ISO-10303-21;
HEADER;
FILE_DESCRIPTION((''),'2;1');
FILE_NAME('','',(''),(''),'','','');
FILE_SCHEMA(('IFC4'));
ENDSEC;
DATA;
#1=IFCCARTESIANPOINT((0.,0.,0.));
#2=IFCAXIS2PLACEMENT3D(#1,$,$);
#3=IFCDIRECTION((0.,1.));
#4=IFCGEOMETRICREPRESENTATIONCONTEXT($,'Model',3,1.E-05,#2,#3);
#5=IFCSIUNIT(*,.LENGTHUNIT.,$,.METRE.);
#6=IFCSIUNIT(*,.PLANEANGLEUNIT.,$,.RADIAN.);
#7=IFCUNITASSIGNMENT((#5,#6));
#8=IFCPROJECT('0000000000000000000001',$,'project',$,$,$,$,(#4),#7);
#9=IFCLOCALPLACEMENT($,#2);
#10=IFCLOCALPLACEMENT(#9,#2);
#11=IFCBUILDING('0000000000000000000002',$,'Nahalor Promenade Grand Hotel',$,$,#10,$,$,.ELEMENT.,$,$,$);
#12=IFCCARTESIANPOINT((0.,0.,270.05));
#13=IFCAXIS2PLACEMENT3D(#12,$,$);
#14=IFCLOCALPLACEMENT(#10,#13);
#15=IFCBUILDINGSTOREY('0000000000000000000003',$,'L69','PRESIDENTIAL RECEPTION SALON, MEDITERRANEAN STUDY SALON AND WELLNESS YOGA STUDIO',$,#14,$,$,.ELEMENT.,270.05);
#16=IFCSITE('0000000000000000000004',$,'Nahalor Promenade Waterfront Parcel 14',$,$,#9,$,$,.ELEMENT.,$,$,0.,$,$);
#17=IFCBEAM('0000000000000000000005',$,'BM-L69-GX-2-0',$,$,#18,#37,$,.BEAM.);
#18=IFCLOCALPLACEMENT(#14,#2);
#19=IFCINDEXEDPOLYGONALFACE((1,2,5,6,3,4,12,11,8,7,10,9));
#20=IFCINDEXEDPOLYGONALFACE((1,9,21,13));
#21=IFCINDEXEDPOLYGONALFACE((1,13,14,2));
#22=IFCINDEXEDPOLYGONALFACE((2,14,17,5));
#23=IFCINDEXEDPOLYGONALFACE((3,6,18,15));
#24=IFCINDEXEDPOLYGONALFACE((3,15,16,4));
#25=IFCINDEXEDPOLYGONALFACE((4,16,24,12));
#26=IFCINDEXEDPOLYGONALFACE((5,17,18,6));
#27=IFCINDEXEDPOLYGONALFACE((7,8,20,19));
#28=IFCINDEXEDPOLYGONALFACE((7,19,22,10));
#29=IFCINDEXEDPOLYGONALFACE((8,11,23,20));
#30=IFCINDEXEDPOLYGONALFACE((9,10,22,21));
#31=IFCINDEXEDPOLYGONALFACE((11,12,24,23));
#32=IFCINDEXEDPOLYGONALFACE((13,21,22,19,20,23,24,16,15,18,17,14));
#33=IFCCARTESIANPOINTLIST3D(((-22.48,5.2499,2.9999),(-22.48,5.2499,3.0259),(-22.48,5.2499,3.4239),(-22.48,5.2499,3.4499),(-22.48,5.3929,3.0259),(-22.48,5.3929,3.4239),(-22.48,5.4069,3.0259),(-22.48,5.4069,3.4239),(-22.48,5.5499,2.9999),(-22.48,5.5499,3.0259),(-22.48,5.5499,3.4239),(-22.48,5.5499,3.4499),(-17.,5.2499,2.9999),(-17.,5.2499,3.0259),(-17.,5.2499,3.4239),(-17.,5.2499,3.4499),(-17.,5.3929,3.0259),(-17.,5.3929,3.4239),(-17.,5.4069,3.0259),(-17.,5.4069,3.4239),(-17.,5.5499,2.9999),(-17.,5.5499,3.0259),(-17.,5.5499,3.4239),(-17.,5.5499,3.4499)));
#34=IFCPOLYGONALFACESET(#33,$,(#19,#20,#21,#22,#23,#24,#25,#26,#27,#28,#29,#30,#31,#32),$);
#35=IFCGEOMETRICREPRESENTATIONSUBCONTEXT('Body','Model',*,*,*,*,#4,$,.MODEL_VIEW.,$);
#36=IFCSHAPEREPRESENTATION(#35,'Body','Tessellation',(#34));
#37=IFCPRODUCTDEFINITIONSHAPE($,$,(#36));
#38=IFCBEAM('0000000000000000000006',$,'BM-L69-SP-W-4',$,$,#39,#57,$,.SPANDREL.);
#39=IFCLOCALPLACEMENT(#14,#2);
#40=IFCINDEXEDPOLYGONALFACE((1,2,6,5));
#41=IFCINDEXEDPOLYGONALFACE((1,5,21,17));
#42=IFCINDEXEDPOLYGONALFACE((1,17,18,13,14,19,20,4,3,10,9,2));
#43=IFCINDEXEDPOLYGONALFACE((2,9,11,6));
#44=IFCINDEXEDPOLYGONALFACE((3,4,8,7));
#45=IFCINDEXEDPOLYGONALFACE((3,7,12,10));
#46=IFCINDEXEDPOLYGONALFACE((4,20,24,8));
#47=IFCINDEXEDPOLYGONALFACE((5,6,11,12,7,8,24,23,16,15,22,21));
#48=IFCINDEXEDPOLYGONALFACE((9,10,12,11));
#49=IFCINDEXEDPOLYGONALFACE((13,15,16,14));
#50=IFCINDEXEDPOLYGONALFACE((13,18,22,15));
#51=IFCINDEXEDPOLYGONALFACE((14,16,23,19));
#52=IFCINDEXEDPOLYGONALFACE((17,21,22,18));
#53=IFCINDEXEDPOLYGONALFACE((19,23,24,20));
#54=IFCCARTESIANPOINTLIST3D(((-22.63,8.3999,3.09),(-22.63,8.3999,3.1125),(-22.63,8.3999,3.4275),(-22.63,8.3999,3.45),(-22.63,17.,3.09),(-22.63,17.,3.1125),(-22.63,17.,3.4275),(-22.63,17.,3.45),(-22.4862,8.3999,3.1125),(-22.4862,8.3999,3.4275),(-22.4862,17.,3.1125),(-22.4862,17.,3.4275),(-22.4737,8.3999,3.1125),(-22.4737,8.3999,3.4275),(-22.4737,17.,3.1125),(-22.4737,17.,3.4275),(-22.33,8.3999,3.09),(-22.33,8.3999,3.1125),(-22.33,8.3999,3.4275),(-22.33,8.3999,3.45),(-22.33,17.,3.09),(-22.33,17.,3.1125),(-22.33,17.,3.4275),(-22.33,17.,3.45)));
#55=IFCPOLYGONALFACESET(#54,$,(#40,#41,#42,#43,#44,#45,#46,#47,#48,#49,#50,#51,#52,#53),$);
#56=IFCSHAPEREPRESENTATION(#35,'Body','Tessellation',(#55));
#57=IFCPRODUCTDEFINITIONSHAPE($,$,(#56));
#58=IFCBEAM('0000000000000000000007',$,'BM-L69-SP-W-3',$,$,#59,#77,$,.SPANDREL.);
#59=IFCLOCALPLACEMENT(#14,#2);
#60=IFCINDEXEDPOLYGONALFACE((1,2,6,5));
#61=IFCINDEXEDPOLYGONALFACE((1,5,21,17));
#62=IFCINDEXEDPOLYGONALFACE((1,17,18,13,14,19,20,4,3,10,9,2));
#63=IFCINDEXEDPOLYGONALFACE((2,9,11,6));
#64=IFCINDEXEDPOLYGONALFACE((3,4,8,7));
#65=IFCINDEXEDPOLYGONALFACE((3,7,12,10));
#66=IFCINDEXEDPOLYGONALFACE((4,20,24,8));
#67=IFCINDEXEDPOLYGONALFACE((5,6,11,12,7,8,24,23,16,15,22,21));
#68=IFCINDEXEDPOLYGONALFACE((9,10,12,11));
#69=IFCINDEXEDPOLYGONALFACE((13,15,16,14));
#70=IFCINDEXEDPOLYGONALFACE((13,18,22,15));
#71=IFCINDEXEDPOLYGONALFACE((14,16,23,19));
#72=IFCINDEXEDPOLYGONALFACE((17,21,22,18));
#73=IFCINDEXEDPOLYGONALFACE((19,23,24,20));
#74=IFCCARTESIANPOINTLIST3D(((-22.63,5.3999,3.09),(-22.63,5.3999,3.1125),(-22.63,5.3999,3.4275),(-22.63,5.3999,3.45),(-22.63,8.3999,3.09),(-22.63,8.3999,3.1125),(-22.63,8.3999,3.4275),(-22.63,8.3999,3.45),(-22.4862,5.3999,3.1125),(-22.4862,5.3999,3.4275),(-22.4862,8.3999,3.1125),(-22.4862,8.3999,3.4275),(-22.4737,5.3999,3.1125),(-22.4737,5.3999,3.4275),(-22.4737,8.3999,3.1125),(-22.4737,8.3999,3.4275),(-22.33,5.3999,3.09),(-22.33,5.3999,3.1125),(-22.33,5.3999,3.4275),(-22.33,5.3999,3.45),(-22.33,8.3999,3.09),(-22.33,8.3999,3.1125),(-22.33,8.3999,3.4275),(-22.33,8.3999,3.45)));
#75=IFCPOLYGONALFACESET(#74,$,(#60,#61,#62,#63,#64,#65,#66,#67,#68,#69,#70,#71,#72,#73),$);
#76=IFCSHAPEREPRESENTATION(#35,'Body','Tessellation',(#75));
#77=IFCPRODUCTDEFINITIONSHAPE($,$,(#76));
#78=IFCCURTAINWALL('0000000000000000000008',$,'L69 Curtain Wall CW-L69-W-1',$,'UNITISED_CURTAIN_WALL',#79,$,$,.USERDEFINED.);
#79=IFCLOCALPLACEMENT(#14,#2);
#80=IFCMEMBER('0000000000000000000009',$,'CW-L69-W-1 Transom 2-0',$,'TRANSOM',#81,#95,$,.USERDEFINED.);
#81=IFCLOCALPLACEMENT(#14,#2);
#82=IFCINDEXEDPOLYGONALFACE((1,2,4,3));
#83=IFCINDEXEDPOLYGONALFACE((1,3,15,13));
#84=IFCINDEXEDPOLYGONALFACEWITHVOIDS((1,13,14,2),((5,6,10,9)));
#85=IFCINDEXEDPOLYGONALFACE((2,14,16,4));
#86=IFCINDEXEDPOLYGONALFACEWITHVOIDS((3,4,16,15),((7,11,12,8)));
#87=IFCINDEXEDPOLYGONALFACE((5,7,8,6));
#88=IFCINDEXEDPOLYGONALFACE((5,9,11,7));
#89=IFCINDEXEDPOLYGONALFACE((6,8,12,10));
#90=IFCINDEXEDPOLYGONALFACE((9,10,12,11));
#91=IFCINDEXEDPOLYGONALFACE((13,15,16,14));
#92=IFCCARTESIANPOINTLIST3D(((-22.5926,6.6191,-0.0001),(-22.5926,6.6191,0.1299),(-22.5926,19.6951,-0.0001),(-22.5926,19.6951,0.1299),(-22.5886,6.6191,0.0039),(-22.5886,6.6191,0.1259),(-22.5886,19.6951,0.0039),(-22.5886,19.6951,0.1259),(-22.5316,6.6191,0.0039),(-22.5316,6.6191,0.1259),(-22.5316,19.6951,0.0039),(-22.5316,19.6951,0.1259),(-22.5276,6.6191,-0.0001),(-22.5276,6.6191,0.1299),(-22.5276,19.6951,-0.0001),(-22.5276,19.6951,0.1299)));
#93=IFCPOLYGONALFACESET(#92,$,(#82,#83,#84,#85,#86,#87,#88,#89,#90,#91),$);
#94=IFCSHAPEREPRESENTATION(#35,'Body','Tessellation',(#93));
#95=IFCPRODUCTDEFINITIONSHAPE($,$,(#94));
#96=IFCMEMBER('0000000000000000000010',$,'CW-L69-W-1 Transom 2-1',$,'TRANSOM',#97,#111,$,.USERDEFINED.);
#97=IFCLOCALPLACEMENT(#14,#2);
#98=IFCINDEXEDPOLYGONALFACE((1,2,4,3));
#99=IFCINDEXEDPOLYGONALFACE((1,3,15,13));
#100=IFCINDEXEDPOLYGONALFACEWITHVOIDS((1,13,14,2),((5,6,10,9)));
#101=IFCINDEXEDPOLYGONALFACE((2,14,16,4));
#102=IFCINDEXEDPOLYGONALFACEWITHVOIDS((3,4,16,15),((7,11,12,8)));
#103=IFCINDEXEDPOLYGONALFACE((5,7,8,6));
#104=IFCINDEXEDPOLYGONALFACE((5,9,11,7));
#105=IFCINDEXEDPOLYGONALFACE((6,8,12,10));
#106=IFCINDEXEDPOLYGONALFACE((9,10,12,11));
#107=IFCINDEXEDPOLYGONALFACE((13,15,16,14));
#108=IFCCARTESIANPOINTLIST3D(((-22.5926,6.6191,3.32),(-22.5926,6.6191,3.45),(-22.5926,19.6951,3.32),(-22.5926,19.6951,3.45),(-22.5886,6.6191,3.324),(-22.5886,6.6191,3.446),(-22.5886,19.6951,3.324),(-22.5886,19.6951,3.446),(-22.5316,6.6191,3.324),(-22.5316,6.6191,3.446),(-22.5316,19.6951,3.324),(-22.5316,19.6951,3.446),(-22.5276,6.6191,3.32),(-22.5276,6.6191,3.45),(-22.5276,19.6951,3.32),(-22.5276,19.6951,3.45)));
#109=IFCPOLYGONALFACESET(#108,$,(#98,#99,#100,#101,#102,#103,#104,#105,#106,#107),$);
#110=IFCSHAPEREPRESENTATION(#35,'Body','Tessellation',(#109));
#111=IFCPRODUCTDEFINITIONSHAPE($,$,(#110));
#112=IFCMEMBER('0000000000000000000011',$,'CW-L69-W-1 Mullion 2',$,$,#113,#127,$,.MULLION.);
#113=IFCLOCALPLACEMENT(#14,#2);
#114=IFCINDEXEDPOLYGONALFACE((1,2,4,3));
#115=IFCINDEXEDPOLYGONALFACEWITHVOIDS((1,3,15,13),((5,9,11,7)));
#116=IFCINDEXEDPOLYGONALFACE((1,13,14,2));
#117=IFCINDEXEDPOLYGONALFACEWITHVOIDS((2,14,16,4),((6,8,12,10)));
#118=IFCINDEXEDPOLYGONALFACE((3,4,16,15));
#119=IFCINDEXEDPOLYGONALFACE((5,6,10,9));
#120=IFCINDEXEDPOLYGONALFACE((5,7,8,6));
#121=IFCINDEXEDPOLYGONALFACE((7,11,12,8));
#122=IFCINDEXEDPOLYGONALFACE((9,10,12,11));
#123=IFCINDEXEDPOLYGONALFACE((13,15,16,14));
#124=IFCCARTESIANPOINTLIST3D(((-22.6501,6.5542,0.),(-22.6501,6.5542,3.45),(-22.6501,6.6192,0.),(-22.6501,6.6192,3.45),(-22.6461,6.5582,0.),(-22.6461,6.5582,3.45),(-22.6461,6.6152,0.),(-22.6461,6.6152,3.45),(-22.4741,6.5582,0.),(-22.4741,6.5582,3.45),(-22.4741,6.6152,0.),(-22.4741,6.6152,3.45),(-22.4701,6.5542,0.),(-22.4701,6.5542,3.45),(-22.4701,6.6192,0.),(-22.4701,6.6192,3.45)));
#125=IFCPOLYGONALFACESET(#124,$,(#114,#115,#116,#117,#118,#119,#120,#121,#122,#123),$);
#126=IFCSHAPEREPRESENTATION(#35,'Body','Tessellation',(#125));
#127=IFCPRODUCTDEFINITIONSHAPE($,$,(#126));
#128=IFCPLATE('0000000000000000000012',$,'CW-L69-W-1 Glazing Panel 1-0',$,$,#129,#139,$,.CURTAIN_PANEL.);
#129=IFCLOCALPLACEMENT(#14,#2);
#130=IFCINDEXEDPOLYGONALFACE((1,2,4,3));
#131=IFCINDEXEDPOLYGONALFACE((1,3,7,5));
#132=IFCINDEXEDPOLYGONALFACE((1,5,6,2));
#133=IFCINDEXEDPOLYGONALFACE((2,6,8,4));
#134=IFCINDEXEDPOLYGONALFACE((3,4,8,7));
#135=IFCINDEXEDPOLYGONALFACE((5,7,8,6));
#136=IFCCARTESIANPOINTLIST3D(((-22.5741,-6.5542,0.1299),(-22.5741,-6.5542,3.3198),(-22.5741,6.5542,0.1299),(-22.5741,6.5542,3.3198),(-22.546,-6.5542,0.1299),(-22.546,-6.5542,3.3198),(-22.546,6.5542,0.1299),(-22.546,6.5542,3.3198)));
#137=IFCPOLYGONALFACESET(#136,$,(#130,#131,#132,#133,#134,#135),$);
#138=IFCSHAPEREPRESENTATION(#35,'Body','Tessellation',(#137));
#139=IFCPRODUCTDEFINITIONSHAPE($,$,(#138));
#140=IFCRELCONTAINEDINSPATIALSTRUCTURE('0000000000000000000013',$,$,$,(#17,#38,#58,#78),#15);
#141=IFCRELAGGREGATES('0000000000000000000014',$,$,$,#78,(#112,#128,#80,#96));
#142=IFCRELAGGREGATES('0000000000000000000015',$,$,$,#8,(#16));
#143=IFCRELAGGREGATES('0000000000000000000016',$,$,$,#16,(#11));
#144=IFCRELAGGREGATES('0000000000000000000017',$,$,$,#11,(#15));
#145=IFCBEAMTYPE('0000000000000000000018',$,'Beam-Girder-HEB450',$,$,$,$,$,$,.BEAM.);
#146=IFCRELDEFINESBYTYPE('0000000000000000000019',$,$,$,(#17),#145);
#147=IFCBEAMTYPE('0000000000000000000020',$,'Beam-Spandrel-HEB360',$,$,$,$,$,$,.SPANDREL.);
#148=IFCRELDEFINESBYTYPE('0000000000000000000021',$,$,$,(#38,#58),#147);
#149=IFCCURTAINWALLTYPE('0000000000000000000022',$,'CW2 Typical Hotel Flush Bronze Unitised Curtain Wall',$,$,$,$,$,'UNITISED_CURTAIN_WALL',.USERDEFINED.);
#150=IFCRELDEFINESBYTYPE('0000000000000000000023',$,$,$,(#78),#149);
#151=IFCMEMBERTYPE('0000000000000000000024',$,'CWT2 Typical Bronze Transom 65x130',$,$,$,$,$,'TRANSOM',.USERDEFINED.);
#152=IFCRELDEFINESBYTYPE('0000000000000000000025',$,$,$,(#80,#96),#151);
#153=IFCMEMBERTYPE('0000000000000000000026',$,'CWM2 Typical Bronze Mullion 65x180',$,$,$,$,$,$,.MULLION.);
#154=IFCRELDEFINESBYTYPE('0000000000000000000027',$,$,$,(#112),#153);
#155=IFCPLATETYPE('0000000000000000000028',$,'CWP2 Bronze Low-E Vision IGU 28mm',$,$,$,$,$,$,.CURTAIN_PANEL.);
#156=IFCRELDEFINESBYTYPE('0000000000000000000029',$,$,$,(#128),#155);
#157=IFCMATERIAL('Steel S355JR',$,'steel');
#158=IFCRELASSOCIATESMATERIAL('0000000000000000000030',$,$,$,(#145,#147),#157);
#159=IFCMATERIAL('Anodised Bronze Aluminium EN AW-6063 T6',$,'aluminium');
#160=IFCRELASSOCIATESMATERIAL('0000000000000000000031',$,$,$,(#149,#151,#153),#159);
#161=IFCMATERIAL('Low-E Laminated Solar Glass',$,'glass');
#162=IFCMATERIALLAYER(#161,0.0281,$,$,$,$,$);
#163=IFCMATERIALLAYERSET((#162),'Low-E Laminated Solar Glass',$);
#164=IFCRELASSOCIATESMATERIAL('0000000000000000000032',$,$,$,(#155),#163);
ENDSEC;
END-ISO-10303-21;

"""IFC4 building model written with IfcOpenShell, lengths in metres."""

from ifc_helpers import new_model, si_unit, direction, frame, origin, origin_2d, place, context, subcontext, project, spatial, rectangle, hollow_rectangle, i_section, extrude, source, transform, mapped, material, layer, layer_set, material_profile, profile_set, type_object, element, aggregate, save


model = new_model("IFC4")

# Units and contexts
model_context = context("Model", 3, precision=1e-05, world=origin(), true_north=direction((0.0, 1.0)))
body_context = subcontext(model_context, "Body", "Model", "MODEL_VIEW")
ifc_project = project(units=[si_unit("LENGTHUNIT", "METRE"), si_unit("PLANEANGLEUNIT", "RADIAN")], contexts=[model_context])

# Site, building, storey
site_placement = place(None, origin())
site = spatial("IfcSite", under=ifc_project, at=site_placement, Name="Nahalor Promenade Waterfront Parcel 14", CompositionType="ELEMENT", RefElevation=0.0)
building_placement = place(site_placement, origin())
building = spatial("IfcBuilding", under=site, at=building_placement, Name="Nahalor Promenade Grand Hotel", CompositionType="ELEMENT")
storey_placement = place(building_placement, frame((0.0, 0.0, 270.05)))
storey = spatial("IfcBuildingStorey", under=building, at=storey_placement, Name="L69", Description="PRESIDENTIAL RECEPTION SALON, MEDITERRANEAN STUDY SALON AND WELLNESS YOGA STUDIO", CompositionType="ELEMENT", Elevation=270.05)

# Shared definitions
ifc_material_1 = material(Name="Steel S355JR", Category="steel")

# Beams
ifc_material_profile_1 = material_profile(ifc_material_1, i_section(OverallWidth=0.3, OverallDepth=0.45, WebThickness=0.014, FlangeThickness=0.026, at=origin_2d()), Name="HEB 450")
ifc_profile_set_1 = profile_set([ifc_material_profile_1], Name="Steel S355JR")
beam_type_1 = type_object("IfcBeamType", Name="Beam-Girder-HEB450", PredefinedType="BEAM", material=ifc_profile_set_1)
shared_shape_1 = source(origin(), body_context, "Body", "SweptSolid", [
    extrude(i_section(OverallWidth=0.3, OverallDepth=0.45, WebThickness=0.014, FlangeThickness=0.026, at=origin_2d()), origin(), (0.0, 0.0, 1.0), 5.48),
])
beam_1_placement = place(storey_placement, frame((-22.48, 5.3999, 3.2249), z_axis=(1.0, 0.0, 0.0), x_axis=(0.0, 1.0, 0.0)))
element("IfcBeam", 1, at=beam_1_placement, inside=storey, type_object=beam_type_1, Name="BM-L69-GX-2-0", PredefinedType="BEAM", context=body_context, shape_type="MappedRepresentation", body=[
    mapped(shared_shape_1, transform((0.0, 0.0, 0.0), scale=1.0)),
])
ifc_material_profile_2 = material_profile(ifc_material_1, i_section(OverallWidth=0.3, OverallDepth=0.36, WebThickness=0.0125, FlangeThickness=0.0225, at=origin_2d()), Name="HEB 360")
ifc_profile_set_2 = profile_set([ifc_material_profile_2], Name="Steel S355JR")
beam_type_2 = type_object("IfcBeamType", Name="Beam-Spandrel-HEB360", PredefinedType="SPANDREL", material=ifc_profile_set_2)
shared_shape_2 = source(origin(), body_context, "Body", "SweptSolid", [
    extrude(i_section(OverallWidth=0.3, OverallDepth=0.36, WebThickness=0.0125, FlangeThickness=0.0225, at=origin_2d()), origin(), (0.0, 0.0, 1.0), 8.6001),
])
beam_2_placement = place(storey_placement, frame((-22.48, 8.3999, 3.27), z_axis=(0.0, 1.0, 0.0), x_axis=(-1.0, 0.0, 0.0)))
element("IfcBeam", 2, at=beam_2_placement, inside=storey, type_object=beam_type_2, Name="BM-L69-SP-W-4", PredefinedType="SPANDREL", context=body_context, shape_type="MappedRepresentation", body=[
    mapped(shared_shape_2, transform((0.0, 0.0, 0.0), scale=1.0)),
])
shared_shape_3 = source(origin(), body_context, "Body", "SweptSolid", [
    extrude(i_section(OverallWidth=0.3, OverallDepth=0.36, WebThickness=0.0125, FlangeThickness=0.0225, at=origin_2d()), origin(), (0.0, 0.0, 1.0), 3.0),
])
beam_3_placement = place(storey_placement, frame((-22.48, 5.3999, 3.27), z_axis=(0.0, 1.0, 0.0), x_axis=(-1.0, 0.0, 0.0)))
element("IfcBeam", 3, at=beam_3_placement, inside=storey, type_object=beam_type_2, Name="BM-L69-SP-W-3", PredefinedType="SPANDREL", context=body_context, shape_type="MappedRepresentation", body=[
    mapped(shared_shape_3, transform((0.0, 0.0, 0.0), scale=1.0)),
])

# Curtain wall, members, plate
ifc_material_2 = material(Name="Anodised Bronze Aluminium EN AW-6063 T6", Category="aluminium")
curtain_wall_type = type_object("IfcCurtainWallType", Name="CW2 Typical Hotel Flush Bronze Unitised Curtain Wall", ElementType="UNITISED_CURTAIN_WALL", PredefinedType="USERDEFINED", material=ifc_material_2)
curtain_wall_placement = place(storey_placement, origin())
curtain_wall = element("IfcCurtainWall", 4, at=curtain_wall_placement, inside=storey, type_object=curtain_wall_type, Name="L69 Curtain Wall CW-L69-W-1", ObjectType="UNITISED_CURTAIN_WALL", PredefinedType="USERDEFINED")
ifc_material_profile_3 = material_profile(ifc_material_2, hollow_rectangle(XDim=0.065, YDim=0.13, WallThickness=0.004, at=origin_2d()), Name="CWT 65x130x4")
ifc_profile_set_3 = profile_set([ifc_material_profile_3], Name="Anodised Bronze Aluminium EN AW-6063 T6")
member_type_1 = type_object("IfcMemberType", Name="CWT2 Typical Bronze Transom 65x130", ElementType="TRANSOM", PredefinedType="USERDEFINED", material=ifc_profile_set_3)
shared_shape_4 = source(origin(), body_context, "Body", "SweptSolid", [
    extrude(hollow_rectangle(XDim=0.065, YDim=0.13, WallThickness=0.004, at=origin_2d()), origin(), (0.0, 0.0, 1.0), 13.0759),
])
member_1_placement = place(storey_placement, frame((-22.5601, 6.6191, 0.0649), z_axis=(0.0, 1.0, 0.0), x_axis=(-1.0, 0.0, 0.0)))
member_1 = element("IfcMember", 5, at=member_1_placement, type_object=member_type_1, Name="CW-L69-W-1 Transom 2-0", ObjectType="TRANSOM", PredefinedType="USERDEFINED", context=body_context, shape_type="MappedRepresentation", body=[
    mapped(shared_shape_4, transform((0.0, 0.0, 0.0), scale=1.0)),
])
member_2_placement = place(storey_placement, frame((-22.5601, 6.6191, 3.385), z_axis=(0.0, 1.0, 0.0), x_axis=(-1.0, 0.0, 0.0)))
member_2 = element("IfcMember", 6, at=member_2_placement, type_object=member_type_1, Name="CW-L69-W-1 Transom 2-1", ObjectType="TRANSOM", PredefinedType="USERDEFINED", context=body_context, shape_type="MappedRepresentation", body=[
    mapped(shared_shape_4, transform((0.0, 0.0, 0.0), scale=1.0)),
])
ifc_material_profile_4 = material_profile(ifc_material_2, hollow_rectangle(XDim=0.065, YDim=0.18, WallThickness=0.004, at=origin_2d()), Name="CWM 65x180x4")
ifc_profile_set_4 = profile_set([ifc_material_profile_4], Name="Anodised Bronze Aluminium EN AW-6063 T6")
member_type_2 = type_object("IfcMemberType", Name="CWM2 Typical Bronze Mullion 65x180", PredefinedType="MULLION", material=ifc_profile_set_4)
shared_shape_5 = source(origin(), body_context, "Body", "SweptSolid", [
    extrude(hollow_rectangle(XDim=0.065, YDim=0.18, WallThickness=0.004, at=origin_2d()), origin(), (0.0, 0.0, 1.0), 3.45),
])
member_3_placement = place(storey_placement, frame((-22.5601, 6.5867, 0.0), z_axis=(0.0, 0.0, 1.0), x_axis=(0.0, 1.0, 0.0)))
member_3 = element("IfcMember", 7, at=member_3_placement, type_object=member_type_2, Name="CW-L69-W-1 Mullion 2", PredefinedType="MULLION", context=body_context, shape_type="MappedRepresentation", body=[
    mapped(shared_shape_5, transform((0.0, 0.0, 0.0), scale=1.0)),
])
ifc_material_3 = material(Name="Low-E Laminated Solar Glass", Category="glass")
ifc_layer_1 = layer(ifc_material_3, 0.0281)
ifc_layer_set_1 = layer_set([ifc_layer_1], Name="Low-E Laminated Solar Glass")
plate_type = type_object("IfcPlateType", Name="CWP2 Bronze Low-E Vision IGU 28mm", PredefinedType="CURTAIN_PANEL", material=ifc_layer_set_1)
shared_shape_6 = source(origin(), body_context, "Body", "SweptSolid", [
    extrude(rectangle(XDim=13.1084, YDim=0.0281, at=origin_2d()), origin(), (0.0, 0.0, 1.0), 3.1899),
])
plate_placement = place(storey_placement, frame((-22.5601, 0.0, 0.1299), z_axis=(0.0, 0.0, 1.0), x_axis=(0.0, 1.0, 0.0)))
plate = element("IfcPlate", 8, at=plate_placement, type_object=plate_type, Name="CW-L69-W-1 Glazing Panel 1-0", PredefinedType="CURTAIN_PANEL", context=body_context, shape_type="MappedRepresentation", body=[
    mapped(shared_shape_6, transform((0.0, 0.0, 0.0), scale=1.0)),
])
aggregate(curtain_wall, [member_3, plate, member_1, member_2])

save(model, "model.ifc")
